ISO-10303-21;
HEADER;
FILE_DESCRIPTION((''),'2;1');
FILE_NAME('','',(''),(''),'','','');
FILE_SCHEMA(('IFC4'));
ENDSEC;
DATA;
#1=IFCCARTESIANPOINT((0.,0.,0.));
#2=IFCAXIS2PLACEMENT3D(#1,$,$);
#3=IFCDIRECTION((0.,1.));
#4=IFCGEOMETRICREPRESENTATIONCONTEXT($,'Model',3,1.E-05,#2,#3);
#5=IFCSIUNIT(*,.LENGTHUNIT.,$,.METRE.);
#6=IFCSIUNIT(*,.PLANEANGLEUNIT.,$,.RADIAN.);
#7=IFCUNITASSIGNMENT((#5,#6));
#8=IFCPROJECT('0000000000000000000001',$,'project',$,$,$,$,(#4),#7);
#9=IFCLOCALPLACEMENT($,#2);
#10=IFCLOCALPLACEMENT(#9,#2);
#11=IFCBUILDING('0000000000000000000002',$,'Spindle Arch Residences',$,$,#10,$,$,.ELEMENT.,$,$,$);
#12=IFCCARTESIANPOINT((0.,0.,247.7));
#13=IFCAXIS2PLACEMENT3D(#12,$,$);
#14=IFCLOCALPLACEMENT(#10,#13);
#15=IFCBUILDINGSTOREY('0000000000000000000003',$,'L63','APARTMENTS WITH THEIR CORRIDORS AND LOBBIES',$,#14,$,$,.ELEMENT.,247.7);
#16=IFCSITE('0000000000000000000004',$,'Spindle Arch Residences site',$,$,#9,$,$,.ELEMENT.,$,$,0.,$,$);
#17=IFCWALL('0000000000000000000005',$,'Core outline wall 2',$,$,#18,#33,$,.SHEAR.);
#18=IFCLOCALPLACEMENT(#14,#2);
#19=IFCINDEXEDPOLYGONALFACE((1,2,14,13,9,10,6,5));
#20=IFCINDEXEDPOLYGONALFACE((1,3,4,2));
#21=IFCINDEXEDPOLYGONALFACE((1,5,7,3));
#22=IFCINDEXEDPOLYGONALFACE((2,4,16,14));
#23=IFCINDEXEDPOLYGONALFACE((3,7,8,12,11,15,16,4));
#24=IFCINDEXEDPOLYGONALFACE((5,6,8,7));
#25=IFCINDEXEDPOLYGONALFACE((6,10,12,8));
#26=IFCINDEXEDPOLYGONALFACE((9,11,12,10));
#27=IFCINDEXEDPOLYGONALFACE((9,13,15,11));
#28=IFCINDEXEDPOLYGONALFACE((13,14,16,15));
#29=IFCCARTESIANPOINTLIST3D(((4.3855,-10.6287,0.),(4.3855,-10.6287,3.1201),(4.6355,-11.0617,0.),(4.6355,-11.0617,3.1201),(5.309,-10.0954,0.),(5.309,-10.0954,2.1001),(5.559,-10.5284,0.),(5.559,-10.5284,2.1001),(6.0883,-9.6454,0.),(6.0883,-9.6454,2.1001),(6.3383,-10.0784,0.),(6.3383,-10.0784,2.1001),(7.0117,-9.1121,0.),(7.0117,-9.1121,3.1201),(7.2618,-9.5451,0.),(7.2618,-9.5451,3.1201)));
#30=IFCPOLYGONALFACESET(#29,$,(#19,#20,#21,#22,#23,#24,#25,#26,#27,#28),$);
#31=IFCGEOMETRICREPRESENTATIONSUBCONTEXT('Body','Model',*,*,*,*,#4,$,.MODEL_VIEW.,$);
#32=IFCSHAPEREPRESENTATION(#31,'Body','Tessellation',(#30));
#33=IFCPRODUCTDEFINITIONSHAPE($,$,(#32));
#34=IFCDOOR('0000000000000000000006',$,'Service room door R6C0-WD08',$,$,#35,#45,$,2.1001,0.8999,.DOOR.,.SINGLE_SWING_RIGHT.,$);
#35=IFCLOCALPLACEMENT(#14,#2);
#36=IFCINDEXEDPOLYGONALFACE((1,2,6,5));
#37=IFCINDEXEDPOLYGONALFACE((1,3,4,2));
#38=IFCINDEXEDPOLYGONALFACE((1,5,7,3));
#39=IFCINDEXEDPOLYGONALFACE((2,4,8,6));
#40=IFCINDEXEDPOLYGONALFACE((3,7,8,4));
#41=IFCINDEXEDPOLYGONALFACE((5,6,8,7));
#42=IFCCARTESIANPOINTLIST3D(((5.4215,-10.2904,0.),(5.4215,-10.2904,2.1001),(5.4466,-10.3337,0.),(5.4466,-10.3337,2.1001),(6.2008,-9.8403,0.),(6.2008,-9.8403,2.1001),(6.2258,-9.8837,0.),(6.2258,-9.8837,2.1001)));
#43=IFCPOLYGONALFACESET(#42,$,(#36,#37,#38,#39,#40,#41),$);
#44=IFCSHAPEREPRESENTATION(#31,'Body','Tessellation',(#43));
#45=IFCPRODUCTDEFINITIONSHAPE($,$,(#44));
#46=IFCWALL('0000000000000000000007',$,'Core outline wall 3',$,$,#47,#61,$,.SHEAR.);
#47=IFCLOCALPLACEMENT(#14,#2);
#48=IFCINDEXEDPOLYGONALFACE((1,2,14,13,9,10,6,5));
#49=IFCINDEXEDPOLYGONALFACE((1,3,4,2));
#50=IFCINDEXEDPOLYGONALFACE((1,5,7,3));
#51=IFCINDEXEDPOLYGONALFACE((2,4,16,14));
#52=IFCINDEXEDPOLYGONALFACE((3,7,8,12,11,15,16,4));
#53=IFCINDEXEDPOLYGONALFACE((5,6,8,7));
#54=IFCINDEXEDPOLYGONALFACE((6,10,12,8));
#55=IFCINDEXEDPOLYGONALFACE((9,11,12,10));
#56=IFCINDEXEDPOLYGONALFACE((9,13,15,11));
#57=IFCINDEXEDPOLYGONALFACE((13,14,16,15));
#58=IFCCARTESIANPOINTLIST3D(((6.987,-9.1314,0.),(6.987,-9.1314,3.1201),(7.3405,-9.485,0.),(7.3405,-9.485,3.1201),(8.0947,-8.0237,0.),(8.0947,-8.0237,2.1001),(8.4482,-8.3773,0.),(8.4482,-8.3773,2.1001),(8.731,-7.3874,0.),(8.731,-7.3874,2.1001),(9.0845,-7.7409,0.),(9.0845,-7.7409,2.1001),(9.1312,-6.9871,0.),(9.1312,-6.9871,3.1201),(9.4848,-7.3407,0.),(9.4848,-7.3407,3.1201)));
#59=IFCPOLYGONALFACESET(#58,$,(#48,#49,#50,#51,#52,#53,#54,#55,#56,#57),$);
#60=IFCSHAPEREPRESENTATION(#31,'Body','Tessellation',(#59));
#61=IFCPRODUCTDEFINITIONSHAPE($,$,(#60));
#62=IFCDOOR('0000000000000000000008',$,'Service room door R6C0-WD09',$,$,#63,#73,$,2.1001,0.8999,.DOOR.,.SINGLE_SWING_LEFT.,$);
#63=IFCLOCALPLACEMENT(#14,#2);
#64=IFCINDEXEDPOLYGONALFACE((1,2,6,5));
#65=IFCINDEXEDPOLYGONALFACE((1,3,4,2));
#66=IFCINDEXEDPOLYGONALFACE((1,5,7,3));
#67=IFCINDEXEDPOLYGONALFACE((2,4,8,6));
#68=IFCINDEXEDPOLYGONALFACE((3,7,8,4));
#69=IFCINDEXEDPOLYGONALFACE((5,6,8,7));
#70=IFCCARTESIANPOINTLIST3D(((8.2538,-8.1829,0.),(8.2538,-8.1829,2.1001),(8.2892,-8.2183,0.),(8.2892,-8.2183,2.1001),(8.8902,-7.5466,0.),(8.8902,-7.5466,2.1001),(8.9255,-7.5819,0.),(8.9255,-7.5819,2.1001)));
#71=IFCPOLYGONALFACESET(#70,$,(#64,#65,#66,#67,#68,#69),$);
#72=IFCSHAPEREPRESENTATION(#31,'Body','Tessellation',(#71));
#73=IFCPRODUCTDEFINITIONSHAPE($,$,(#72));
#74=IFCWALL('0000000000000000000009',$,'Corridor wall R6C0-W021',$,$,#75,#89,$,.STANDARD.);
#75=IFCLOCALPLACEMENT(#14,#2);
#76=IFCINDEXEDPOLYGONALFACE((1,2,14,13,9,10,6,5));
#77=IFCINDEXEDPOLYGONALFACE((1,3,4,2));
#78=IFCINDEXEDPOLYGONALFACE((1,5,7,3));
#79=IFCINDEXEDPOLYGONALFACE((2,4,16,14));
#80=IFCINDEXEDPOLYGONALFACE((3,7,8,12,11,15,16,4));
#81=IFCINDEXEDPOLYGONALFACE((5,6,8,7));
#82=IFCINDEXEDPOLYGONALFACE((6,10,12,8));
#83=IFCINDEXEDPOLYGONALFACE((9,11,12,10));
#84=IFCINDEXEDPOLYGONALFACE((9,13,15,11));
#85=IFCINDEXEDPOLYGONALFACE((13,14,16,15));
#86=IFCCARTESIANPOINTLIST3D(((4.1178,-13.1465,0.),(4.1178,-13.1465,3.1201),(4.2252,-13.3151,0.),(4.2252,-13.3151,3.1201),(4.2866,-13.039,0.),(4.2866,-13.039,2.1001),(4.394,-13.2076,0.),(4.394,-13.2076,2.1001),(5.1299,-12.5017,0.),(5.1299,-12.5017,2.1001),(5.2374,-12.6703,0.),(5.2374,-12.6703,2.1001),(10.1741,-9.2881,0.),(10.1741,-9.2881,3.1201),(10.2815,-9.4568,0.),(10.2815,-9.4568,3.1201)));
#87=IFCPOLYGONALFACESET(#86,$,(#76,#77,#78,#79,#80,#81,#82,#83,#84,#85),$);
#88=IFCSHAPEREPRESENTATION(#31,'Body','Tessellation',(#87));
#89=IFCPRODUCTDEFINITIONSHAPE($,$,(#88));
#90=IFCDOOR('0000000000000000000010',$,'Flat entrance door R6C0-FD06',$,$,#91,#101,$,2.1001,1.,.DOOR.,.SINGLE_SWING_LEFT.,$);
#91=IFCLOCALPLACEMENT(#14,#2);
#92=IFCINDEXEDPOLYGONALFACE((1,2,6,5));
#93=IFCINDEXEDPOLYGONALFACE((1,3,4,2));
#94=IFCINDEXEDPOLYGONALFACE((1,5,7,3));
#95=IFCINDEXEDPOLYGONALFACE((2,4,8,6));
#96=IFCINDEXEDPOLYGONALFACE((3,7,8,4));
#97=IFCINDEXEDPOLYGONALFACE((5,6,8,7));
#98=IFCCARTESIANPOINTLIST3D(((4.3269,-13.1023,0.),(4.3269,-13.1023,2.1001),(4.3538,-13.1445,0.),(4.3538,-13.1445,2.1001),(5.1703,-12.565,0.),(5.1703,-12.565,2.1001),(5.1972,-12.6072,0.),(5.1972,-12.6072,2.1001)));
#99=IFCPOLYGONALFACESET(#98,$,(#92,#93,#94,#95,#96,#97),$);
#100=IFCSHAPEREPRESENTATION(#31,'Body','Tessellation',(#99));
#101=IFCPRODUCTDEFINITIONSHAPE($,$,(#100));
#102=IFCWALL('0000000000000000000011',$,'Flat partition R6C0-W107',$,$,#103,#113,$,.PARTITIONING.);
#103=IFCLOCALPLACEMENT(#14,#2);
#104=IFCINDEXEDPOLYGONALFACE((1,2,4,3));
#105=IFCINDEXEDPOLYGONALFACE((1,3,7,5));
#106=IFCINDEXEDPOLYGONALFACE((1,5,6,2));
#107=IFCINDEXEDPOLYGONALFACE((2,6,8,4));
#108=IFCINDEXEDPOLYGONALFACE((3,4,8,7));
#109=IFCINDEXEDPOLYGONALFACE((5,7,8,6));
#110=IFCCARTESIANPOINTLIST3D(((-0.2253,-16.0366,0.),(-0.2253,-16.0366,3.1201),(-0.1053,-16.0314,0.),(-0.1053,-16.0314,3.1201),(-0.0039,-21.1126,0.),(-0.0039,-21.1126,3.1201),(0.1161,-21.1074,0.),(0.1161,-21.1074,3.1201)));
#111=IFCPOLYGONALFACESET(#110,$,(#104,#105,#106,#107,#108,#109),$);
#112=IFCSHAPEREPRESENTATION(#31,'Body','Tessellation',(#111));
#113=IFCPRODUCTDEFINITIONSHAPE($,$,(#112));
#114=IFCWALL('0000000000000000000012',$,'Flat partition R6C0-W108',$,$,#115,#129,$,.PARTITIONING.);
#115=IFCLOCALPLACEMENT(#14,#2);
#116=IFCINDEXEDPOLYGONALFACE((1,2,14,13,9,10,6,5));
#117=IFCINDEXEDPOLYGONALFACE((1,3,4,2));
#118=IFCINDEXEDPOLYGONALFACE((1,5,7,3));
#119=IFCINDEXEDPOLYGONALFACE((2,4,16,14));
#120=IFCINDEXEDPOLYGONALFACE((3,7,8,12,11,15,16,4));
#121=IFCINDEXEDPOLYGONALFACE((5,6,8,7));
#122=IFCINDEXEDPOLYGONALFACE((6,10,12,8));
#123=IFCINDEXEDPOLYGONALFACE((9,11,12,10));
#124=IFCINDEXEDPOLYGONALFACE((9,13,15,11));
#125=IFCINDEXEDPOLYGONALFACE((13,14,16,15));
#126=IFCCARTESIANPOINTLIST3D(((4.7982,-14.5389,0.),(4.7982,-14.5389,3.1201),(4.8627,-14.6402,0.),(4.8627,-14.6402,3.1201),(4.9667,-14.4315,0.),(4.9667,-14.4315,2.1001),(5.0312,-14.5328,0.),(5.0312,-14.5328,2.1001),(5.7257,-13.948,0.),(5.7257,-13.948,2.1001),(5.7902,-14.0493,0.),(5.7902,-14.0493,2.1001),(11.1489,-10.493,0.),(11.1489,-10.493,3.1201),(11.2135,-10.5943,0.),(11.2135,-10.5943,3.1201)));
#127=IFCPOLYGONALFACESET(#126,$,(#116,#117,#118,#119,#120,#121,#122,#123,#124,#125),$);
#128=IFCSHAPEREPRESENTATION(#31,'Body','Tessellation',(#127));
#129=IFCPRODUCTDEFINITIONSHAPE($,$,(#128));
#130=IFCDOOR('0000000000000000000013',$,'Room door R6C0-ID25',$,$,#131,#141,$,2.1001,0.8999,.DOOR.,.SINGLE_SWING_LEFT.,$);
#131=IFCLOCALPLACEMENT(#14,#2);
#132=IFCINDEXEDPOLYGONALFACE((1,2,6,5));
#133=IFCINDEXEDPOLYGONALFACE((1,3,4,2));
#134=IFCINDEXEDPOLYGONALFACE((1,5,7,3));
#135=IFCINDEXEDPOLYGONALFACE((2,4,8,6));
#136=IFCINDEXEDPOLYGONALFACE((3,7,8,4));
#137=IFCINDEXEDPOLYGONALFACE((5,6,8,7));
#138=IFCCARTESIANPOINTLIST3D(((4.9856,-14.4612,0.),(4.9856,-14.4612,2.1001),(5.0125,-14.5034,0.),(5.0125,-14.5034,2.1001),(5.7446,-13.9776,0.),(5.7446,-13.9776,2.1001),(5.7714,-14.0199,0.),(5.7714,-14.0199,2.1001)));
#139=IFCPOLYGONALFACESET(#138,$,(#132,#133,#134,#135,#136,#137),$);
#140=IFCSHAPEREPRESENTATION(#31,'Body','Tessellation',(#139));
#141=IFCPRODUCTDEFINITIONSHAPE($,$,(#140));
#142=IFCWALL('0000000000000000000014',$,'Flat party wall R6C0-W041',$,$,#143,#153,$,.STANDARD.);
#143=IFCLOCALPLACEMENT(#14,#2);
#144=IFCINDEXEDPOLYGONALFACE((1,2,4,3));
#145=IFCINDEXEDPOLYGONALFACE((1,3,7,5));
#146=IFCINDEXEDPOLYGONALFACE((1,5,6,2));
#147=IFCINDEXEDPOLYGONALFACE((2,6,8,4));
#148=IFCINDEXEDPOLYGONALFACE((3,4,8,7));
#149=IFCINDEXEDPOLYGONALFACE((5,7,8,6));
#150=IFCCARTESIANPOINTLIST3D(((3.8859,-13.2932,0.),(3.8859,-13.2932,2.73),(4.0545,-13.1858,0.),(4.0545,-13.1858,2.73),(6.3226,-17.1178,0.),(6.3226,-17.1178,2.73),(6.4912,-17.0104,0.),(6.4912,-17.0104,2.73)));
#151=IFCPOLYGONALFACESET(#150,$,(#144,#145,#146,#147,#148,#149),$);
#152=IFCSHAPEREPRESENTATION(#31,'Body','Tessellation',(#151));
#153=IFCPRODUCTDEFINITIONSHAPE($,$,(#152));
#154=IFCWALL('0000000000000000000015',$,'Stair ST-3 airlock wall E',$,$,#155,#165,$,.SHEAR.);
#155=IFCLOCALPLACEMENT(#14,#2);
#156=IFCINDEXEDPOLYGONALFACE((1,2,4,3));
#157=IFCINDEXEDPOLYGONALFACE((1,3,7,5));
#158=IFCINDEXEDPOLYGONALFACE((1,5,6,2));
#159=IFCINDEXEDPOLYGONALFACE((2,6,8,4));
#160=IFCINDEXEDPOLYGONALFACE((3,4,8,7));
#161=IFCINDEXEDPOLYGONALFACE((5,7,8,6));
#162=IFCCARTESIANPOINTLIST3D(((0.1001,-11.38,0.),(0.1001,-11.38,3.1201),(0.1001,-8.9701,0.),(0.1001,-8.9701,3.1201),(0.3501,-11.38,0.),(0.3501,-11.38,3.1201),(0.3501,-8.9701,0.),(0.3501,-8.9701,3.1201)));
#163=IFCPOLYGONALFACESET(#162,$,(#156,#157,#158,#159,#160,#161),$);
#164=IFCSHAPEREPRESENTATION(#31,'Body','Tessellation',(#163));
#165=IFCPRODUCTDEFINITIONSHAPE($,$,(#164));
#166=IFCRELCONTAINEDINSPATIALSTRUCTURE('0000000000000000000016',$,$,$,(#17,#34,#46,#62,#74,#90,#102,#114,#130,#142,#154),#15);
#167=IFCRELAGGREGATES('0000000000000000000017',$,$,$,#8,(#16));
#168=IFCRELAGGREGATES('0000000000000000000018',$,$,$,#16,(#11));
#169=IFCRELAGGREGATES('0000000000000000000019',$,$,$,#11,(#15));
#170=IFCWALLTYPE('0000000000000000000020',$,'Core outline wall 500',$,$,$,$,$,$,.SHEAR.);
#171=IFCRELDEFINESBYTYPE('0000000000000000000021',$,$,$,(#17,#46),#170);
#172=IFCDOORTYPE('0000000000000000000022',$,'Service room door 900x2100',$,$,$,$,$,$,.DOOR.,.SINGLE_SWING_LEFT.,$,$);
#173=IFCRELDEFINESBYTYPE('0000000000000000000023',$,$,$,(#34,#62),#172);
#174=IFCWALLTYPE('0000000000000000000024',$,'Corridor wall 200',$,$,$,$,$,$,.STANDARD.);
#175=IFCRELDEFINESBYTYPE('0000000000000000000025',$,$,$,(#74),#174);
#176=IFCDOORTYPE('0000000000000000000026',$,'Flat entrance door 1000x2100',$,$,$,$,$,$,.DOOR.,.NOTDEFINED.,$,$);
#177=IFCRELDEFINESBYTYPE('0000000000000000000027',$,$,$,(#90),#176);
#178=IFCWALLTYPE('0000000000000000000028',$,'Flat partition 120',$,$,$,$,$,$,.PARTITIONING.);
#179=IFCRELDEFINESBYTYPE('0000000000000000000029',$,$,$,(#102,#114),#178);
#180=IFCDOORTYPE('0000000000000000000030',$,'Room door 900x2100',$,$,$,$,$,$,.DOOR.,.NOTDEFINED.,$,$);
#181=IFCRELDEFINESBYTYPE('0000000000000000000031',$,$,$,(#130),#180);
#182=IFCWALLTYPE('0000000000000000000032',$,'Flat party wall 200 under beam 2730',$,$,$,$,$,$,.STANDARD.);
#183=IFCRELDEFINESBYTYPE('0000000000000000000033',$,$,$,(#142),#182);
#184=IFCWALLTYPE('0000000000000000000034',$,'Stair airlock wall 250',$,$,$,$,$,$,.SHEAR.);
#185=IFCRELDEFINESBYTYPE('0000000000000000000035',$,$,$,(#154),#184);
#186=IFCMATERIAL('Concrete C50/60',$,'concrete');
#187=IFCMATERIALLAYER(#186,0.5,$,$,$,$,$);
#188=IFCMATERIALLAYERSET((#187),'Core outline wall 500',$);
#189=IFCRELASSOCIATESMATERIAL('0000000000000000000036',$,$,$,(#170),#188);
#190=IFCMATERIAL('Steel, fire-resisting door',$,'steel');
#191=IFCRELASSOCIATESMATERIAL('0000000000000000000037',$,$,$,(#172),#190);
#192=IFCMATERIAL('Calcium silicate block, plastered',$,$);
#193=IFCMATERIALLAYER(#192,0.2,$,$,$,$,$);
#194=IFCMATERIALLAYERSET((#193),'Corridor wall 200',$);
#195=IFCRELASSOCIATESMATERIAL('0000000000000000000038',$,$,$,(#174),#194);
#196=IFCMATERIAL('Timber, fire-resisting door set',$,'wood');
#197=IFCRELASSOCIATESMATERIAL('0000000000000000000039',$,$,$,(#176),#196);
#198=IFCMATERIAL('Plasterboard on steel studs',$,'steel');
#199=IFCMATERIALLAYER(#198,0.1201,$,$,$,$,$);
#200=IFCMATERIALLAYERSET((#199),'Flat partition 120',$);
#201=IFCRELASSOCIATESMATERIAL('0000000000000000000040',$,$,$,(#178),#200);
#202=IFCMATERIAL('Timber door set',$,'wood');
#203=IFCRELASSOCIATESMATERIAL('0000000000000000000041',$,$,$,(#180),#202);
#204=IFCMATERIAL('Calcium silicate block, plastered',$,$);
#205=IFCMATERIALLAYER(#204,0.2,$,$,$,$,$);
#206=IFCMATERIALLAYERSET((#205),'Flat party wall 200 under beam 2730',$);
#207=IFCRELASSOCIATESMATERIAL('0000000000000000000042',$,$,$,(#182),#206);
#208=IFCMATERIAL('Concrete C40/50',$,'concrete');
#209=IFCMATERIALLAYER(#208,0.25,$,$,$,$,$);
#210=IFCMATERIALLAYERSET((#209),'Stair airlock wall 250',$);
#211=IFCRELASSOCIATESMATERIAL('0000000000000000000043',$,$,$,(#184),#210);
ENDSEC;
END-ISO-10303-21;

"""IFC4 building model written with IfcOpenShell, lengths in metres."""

from ifc_helpers import new_model, si_unit, direction, frame, frame_2d, origin, place, context, subcontext, project, spatial, rectangle, extrude, material, layer, layer_set, type_object, element, fill, save


model = new_model("IFC4")

# Units and contexts
model_context = context("Model", 3, precision=1e-05, world=origin(), true_north=direction((0.0, 1.0)))
body_context = subcontext(model_context, "Body", "Model", "MODEL_VIEW")
ifc_project = project(units=[si_unit("LENGTHUNIT", "METRE"), si_unit("PLANEANGLEUNIT", "RADIAN")], contexts=[model_context])

# Site, building, storey
site_placement = place(None, origin())
site = spatial("IfcSite", under=ifc_project, at=site_placement, Name="Spindle Arch Residences site", CompositionType="ELEMENT", RefElevation=0.0)
building_placement = place(site_placement, origin())
building = spatial("IfcBuilding", under=site, at=building_placement, Name="Spindle Arch Residences", CompositionType="ELEMENT")
storey_placement = place(building_placement, frame((0.0, 0.0, 247.7)))
storey = spatial("IfcBuildingStorey", under=building, at=storey_placement, Name="L63", Description="APARTMENTS WITH THEIR CORRIDORS AND LOBBIES", CompositionType="ELEMENT", Elevation=247.7)

# Shared definitions
ifc_material_1 = material(Name="Concrete C50/60", Category="concrete")
ifc_layer_1 = layer(ifc_material_1, 0.5)
ifc_layer_set_1 = layer_set([ifc_layer_1], Name="Core outline wall 500")
wall_type_1 = type_object("IfcWallType", Name="Core outline wall 500", PredefinedType="SHEAR", material=ifc_layer_set_1)

# Walls, openings, doors
wall_1_placement = place(storey_placement, frame((4.5105, -10.8452, 0.0), z_axis=(0.0, 0.0, 1.0), x_axis=(0.865975, 0.500087, 0.0)))
wall_1 = element("IfcWall", 1, at=wall_1_placement, inside=storey, type_object=wall_type_1, Name="Core outline wall 2", PredefinedType="SHEAR", context=body_context, shape_type="SweptSolid", body=[
    extrude(rectangle(XDim=3.0327, YDim=0.5, at=frame_2d((1.5164, 0.0))), origin(), (0.0, 0.0, 1.0), 3.1201),
])
opening_1_placement = place(wall_1_placement, frame((1.0664, 0.0, 0.0)))
opening_1 = element("IfcOpeningElement", 2, at=opening_1_placement, cuts=wall_1, PredefinedType="OPENING", context=body_context, shape_type="SweptSolid", body=[
    extrude(rectangle(XDim=0.8999, YDim=2.1001, at=frame_2d((0.45, 1.05))), frame((0.0, 0.26, 0.0), z_axis=(0.0, -1.0, 0.0), x_axis=(1.0, 0.0, 0.0)), (0.0, 0.0, 1.0), 0.52),
])
ifc_material_2 = material(Name="Steel, fire-resisting door", Category="steel")
door_type_1 = type_object("IfcDoorType", Name="Service room door 900x2100", OperationType="SINGLE_SWING_LEFT", PredefinedType="DOOR", material=ifc_material_2)
door_1_placement = place(opening_1_placement, origin())
door_1 = element("IfcDoor", 3, at=door_1_placement, inside=storey, type_object=door_type_1, Name="Service room door R6C0-WD08", OperationType="SINGLE_SWING_RIGHT", OverallHeight=2.1001, OverallWidth=0.8999, PredefinedType="DOOR", context=body_context, shape_type="SweptSolid", body=[
    extrude(rectangle(XDim=0.8999, YDim=2.1001, at=frame_2d((0.45, 1.05))), frame((0.0, 0.0249, 0.0), z_axis=(0.0, -1.0, 0.0), x_axis=(1.0, 0.0, 0.0)), (0.0, 0.0, 1.0), 0.05),
])
fill(opening_1, door_1)
wall_2_placement = place(storey_placement, frame((7.1638, -9.3081, 0.0), z_axis=(0.0, 0.0, 1.0), x_axis=(0.707107, 0.707107, 0.0)))
wall_2 = element("IfcWall", 4, at=wall_2_placement, inside=storey, type_object=wall_type_1, Name="Core outline wall 3", PredefinedType="SHEAR", context=body_context, shape_type="SweptSolid", body=[
    extrude(rectangle(XDim=3.0325, YDim=0.5, at=frame_2d((1.5161, 0.0))), origin(), (0.0, 0.0, 1.0), 3.1201),
])
opening_2_placement = place(wall_2_placement, frame((1.5664, 0.0, 0.0)))
opening_2 = element("IfcOpeningElement", 5, at=opening_2_placement, cuts=wall_2, PredefinedType="OPENING", context=body_context, shape_type="SweptSolid", body=[
    extrude(rectangle(XDim=0.8999, YDim=2.1001, at=frame_2d((0.45, 1.05))), frame((0.0, 0.26, 0.0), z_axis=(0.0, -1.0, 0.0), x_axis=(1.0, 0.0, 0.0)), (0.0, 0.0, 1.0), 0.52),
])
door_2_placement = place(opening_2_placement, origin())
door_2 = element("IfcDoor", 6, at=door_2_placement, inside=storey, type_object=door_type_1, Name="Service room door R6C0-WD09", OperationType="SINGLE_SWING_LEFT", OverallHeight=2.1001, OverallWidth=0.8999, PredefinedType="DOOR", context=body_context, shape_type="SweptSolid", body=[
    extrude(rectangle(XDim=0.8999, YDim=2.1001, at=frame_2d((0.45, 1.05))), frame((0.0, 0.0249, 0.0), z_axis=(0.0, -1.0, 0.0), x_axis=(1.0, 0.0, 0.0)), (0.0, 0.0, 1.0), 0.05),
])
fill(opening_2, door_2)
ifc_material_3 = material(Name="Calcium silicate block, plastered")
ifc_layer_2 = layer(ifc_material_3, 0.2)
ifc_layer_set_2 = layer_set([ifc_layer_2], Name="Corridor wall 200")
wall_type_2 = type_object("IfcWallType", Name="Corridor wall 200", PredefinedType="STANDARD", material=ifc_layer_set_2)
wall_3_placement = place(storey_placement, frame((4.1716, -13.2307, 0.0), z_axis=(0.0, 0.0, 1.0), x_axis=(0.843388, 0.537304, 0.0)))
wall_3 = element("IfcWall", 7, at=wall_3_placement, inside=storey, type_object=wall_type_2, Name="Corridor wall R6C0-W021", PredefinedType="STANDARD", context=body_context, shape_type="SweptSolid", body=[
    extrude(rectangle(XDim=7.1809, YDim=0.2, at=frame_2d((3.5903, 0.0))), origin(), (0.0, 0.0, 1.0), 3.1201),
])
opening_3_placement = place(wall_3_placement, frame((0.2, 0.0, 0.0)))
opening_3 = element("IfcOpeningElement", 8, at=opening_3_placement, cuts=wall_3, PredefinedType="OPENING", context=body_context, shape_type="SweptSolid", body=[
    extrude(rectangle(XDim=1.0, YDim=2.1001, at=frame_2d((0.5, 1.05))), frame((0.0, 0.1099, 0.0), z_axis=(0.0, -1.0, 0.0), x_axis=(1.0, 0.0, 0.0)), (0.0, 0.0, 1.0), 0.22),
])
ifc_material_4 = material(Name="Timber, fire-resisting door set", Category="wood")
door_type_2 = type_object("IfcDoorType", Name="Flat entrance door 1000x2100", OperationType="NOTDEFINED", PredefinedType="DOOR", material=ifc_material_4)
door_3_placement = place(opening_3_placement, origin())
door_3 = element("IfcDoor", 9, at=door_3_placement, inside=storey, type_object=door_type_2, Name="Flat entrance door R6C0-FD06", OperationType="SINGLE_SWING_LEFT", OverallHeight=2.1001, OverallWidth=1.0, PredefinedType="DOOR", context=body_context, shape_type="SweptSolid", body=[
    extrude(rectangle(XDim=1.0, YDim=2.1001, at=frame_2d((0.5, 1.05))), frame((0.0, 0.0249, 0.0), z_axis=(0.0, -1.0, 0.0), x_axis=(1.0, 0.0, 0.0)), (0.0, 0.0, 1.0), 0.05),
])
fill(opening_3, door_3)

# Wall
ifc_material_5 = material(Name="Plasterboard on steel studs", Category="steel")
ifc_layer_3 = layer(ifc_material_5, 0.1201)
ifc_layer_set_3 = layer_set([ifc_layer_3], Name="Flat partition 120")
wall_type_3 = type_object("IfcWallType", Name="Flat partition 120", PredefinedType="PARTITIONING", material=ifc_layer_set_3)
wall_4_placement = place(storey_placement, frame((0.0562, -21.1101, 0.0), z_axis=(0.0, 0.0, 1.0), x_axis=(-0.043583, 0.99905, 0.0)))
element("IfcWall", 10, at=wall_4_placement, inside=storey, type_object=wall_type_3, Name="Flat partition R6C0-W107", PredefinedType="PARTITIONING", context=body_context, shape_type="SweptSolid", body=[
    extrude(rectangle(XDim=5.0808, YDim=0.1201, at=frame_2d((2.5405, 0.0))), origin(), (0.0, 0.0, 1.0), 3.1201),
])

# Wall, opening, door
wall_5_placement = place(storey_placement, frame((4.8303, -14.5896, 0.0), z_axis=(0.0, 0.0, 1.0), x_axis=(0.843393, 0.537297, 0.0)))
wall_5 = element("IfcWall", 11, at=wall_5_placement, inside=storey, type_object=wall_type_3, Name="Flat partition R6C0-W108", PredefinedType="PARTITIONING", context=body_context, shape_type="SweptSolid", body=[
    extrude(rectangle(XDim=7.53, YDim=0.1201, at=frame_2d((3.7651, 0.0))), origin(), (0.0, 0.0, 1.0), 3.1201),
])
opening_4_placement = place(wall_5_placement, frame((0.2, 0.0, 0.0)))
opening_4 = element("IfcOpeningElement", 12, at=opening_4_placement, cuts=wall_5, PredefinedType="OPENING", context=body_context, shape_type="SweptSolid", body=[
    extrude(rectangle(XDim=0.8999, YDim=2.1001, at=frame_2d((0.45, 1.05))), frame((0.0, 0.0701, 0.0), z_axis=(0.0, -1.0, 0.0), x_axis=(1.0, 0.0, 0.0)), (0.0, 0.0, 1.0), 0.1401),
])
ifc_material_6 = material(Name="Timber door set", Category="wood")
door_type_3 = type_object("IfcDoorType", Name="Room door 900x2100", OperationType="NOTDEFINED", PredefinedType="DOOR", material=ifc_material_6)
door_4_placement = place(opening_4_placement, origin())
door_4 = element("IfcDoor", 13, at=door_4_placement, inside=storey, type_object=door_type_3, Name="Room door R6C0-ID25", OperationType="SINGLE_SWING_LEFT", OverallHeight=2.1001, OverallWidth=0.8999, PredefinedType="DOOR", context=body_context, shape_type="SweptSolid", body=[
    extrude(rectangle(XDim=0.8999, YDim=2.1001, at=frame_2d((0.45, 1.05))), frame((0.0, 0.0249, 0.0), z_axis=(0.0, -1.0, 0.0), x_axis=(1.0, 0.0, 0.0)), (0.0, 0.0, 1.0), 0.05),
])
fill(opening_4, door_4)

# Wall
ifc_material_7 = material(Name="Calcium silicate block, plastered")
ifc_layer_4 = layer(ifc_material_7, 0.2)
ifc_layer_set_4 = layer_set([ifc_layer_4], Name="Flat party wall 200 under beam 2730")
wall_type_4 = type_object("IfcWallType", Name="Flat party wall 200 under beam 2730", PredefinedType="STANDARD", material=ifc_layer_set_4)
wall_6_placement = place(storey_placement, frame((6.407, -17.0642, 0.0), z_axis=(0.0, 0.0, 1.0), x_axis=(-0.537325, 0.843375, 0.0)))
element("IfcWall", 14, at=wall_6_placement, inside=storey, type_object=wall_type_4, Name="Flat party wall R6C0-W041", PredefinedType="STANDARD", context=body_context, shape_type="SweptSolid", body=[
    extrude(rectangle(XDim=4.5349, YDim=0.2, at=frame_2d((2.2676, 0.0))), origin(), (0.0, 0.0, 1.0), 2.73),
])

# Wall
ifc_material_8 = material(Name="Concrete C40/50", Category="concrete")
ifc_layer_5 = layer(ifc_material_8, 0.25)
ifc_layer_set_5 = layer_set([ifc_layer_5], Name="Stair airlock wall 250")
wall_type_5 = type_object("IfcWallType", Name="Stair airlock wall 250", PredefinedType="SHEAR", material=ifc_layer_set_5)
wall_7_placement = place(storey_placement, frame((0.2251, -8.97, 0.0), z_axis=(0.0, 0.0, 1.0), x_axis=(0.0, -1.0, 0.0)))
element("IfcWall", 15, at=wall_7_placement, inside=storey, type_object=wall_type_5, Name="Stair ST-3 airlock wall E", PredefinedType="SHEAR", context=body_context, shape_type="SweptSolid", body=[
    extrude(rectangle(XDim=2.4099, YDim=0.25, at=frame_2d((1.2051, 0.0))), origin(), (0.0, 0.0, 1.0), 3.1201),
])

save(model, "model.ifc")
